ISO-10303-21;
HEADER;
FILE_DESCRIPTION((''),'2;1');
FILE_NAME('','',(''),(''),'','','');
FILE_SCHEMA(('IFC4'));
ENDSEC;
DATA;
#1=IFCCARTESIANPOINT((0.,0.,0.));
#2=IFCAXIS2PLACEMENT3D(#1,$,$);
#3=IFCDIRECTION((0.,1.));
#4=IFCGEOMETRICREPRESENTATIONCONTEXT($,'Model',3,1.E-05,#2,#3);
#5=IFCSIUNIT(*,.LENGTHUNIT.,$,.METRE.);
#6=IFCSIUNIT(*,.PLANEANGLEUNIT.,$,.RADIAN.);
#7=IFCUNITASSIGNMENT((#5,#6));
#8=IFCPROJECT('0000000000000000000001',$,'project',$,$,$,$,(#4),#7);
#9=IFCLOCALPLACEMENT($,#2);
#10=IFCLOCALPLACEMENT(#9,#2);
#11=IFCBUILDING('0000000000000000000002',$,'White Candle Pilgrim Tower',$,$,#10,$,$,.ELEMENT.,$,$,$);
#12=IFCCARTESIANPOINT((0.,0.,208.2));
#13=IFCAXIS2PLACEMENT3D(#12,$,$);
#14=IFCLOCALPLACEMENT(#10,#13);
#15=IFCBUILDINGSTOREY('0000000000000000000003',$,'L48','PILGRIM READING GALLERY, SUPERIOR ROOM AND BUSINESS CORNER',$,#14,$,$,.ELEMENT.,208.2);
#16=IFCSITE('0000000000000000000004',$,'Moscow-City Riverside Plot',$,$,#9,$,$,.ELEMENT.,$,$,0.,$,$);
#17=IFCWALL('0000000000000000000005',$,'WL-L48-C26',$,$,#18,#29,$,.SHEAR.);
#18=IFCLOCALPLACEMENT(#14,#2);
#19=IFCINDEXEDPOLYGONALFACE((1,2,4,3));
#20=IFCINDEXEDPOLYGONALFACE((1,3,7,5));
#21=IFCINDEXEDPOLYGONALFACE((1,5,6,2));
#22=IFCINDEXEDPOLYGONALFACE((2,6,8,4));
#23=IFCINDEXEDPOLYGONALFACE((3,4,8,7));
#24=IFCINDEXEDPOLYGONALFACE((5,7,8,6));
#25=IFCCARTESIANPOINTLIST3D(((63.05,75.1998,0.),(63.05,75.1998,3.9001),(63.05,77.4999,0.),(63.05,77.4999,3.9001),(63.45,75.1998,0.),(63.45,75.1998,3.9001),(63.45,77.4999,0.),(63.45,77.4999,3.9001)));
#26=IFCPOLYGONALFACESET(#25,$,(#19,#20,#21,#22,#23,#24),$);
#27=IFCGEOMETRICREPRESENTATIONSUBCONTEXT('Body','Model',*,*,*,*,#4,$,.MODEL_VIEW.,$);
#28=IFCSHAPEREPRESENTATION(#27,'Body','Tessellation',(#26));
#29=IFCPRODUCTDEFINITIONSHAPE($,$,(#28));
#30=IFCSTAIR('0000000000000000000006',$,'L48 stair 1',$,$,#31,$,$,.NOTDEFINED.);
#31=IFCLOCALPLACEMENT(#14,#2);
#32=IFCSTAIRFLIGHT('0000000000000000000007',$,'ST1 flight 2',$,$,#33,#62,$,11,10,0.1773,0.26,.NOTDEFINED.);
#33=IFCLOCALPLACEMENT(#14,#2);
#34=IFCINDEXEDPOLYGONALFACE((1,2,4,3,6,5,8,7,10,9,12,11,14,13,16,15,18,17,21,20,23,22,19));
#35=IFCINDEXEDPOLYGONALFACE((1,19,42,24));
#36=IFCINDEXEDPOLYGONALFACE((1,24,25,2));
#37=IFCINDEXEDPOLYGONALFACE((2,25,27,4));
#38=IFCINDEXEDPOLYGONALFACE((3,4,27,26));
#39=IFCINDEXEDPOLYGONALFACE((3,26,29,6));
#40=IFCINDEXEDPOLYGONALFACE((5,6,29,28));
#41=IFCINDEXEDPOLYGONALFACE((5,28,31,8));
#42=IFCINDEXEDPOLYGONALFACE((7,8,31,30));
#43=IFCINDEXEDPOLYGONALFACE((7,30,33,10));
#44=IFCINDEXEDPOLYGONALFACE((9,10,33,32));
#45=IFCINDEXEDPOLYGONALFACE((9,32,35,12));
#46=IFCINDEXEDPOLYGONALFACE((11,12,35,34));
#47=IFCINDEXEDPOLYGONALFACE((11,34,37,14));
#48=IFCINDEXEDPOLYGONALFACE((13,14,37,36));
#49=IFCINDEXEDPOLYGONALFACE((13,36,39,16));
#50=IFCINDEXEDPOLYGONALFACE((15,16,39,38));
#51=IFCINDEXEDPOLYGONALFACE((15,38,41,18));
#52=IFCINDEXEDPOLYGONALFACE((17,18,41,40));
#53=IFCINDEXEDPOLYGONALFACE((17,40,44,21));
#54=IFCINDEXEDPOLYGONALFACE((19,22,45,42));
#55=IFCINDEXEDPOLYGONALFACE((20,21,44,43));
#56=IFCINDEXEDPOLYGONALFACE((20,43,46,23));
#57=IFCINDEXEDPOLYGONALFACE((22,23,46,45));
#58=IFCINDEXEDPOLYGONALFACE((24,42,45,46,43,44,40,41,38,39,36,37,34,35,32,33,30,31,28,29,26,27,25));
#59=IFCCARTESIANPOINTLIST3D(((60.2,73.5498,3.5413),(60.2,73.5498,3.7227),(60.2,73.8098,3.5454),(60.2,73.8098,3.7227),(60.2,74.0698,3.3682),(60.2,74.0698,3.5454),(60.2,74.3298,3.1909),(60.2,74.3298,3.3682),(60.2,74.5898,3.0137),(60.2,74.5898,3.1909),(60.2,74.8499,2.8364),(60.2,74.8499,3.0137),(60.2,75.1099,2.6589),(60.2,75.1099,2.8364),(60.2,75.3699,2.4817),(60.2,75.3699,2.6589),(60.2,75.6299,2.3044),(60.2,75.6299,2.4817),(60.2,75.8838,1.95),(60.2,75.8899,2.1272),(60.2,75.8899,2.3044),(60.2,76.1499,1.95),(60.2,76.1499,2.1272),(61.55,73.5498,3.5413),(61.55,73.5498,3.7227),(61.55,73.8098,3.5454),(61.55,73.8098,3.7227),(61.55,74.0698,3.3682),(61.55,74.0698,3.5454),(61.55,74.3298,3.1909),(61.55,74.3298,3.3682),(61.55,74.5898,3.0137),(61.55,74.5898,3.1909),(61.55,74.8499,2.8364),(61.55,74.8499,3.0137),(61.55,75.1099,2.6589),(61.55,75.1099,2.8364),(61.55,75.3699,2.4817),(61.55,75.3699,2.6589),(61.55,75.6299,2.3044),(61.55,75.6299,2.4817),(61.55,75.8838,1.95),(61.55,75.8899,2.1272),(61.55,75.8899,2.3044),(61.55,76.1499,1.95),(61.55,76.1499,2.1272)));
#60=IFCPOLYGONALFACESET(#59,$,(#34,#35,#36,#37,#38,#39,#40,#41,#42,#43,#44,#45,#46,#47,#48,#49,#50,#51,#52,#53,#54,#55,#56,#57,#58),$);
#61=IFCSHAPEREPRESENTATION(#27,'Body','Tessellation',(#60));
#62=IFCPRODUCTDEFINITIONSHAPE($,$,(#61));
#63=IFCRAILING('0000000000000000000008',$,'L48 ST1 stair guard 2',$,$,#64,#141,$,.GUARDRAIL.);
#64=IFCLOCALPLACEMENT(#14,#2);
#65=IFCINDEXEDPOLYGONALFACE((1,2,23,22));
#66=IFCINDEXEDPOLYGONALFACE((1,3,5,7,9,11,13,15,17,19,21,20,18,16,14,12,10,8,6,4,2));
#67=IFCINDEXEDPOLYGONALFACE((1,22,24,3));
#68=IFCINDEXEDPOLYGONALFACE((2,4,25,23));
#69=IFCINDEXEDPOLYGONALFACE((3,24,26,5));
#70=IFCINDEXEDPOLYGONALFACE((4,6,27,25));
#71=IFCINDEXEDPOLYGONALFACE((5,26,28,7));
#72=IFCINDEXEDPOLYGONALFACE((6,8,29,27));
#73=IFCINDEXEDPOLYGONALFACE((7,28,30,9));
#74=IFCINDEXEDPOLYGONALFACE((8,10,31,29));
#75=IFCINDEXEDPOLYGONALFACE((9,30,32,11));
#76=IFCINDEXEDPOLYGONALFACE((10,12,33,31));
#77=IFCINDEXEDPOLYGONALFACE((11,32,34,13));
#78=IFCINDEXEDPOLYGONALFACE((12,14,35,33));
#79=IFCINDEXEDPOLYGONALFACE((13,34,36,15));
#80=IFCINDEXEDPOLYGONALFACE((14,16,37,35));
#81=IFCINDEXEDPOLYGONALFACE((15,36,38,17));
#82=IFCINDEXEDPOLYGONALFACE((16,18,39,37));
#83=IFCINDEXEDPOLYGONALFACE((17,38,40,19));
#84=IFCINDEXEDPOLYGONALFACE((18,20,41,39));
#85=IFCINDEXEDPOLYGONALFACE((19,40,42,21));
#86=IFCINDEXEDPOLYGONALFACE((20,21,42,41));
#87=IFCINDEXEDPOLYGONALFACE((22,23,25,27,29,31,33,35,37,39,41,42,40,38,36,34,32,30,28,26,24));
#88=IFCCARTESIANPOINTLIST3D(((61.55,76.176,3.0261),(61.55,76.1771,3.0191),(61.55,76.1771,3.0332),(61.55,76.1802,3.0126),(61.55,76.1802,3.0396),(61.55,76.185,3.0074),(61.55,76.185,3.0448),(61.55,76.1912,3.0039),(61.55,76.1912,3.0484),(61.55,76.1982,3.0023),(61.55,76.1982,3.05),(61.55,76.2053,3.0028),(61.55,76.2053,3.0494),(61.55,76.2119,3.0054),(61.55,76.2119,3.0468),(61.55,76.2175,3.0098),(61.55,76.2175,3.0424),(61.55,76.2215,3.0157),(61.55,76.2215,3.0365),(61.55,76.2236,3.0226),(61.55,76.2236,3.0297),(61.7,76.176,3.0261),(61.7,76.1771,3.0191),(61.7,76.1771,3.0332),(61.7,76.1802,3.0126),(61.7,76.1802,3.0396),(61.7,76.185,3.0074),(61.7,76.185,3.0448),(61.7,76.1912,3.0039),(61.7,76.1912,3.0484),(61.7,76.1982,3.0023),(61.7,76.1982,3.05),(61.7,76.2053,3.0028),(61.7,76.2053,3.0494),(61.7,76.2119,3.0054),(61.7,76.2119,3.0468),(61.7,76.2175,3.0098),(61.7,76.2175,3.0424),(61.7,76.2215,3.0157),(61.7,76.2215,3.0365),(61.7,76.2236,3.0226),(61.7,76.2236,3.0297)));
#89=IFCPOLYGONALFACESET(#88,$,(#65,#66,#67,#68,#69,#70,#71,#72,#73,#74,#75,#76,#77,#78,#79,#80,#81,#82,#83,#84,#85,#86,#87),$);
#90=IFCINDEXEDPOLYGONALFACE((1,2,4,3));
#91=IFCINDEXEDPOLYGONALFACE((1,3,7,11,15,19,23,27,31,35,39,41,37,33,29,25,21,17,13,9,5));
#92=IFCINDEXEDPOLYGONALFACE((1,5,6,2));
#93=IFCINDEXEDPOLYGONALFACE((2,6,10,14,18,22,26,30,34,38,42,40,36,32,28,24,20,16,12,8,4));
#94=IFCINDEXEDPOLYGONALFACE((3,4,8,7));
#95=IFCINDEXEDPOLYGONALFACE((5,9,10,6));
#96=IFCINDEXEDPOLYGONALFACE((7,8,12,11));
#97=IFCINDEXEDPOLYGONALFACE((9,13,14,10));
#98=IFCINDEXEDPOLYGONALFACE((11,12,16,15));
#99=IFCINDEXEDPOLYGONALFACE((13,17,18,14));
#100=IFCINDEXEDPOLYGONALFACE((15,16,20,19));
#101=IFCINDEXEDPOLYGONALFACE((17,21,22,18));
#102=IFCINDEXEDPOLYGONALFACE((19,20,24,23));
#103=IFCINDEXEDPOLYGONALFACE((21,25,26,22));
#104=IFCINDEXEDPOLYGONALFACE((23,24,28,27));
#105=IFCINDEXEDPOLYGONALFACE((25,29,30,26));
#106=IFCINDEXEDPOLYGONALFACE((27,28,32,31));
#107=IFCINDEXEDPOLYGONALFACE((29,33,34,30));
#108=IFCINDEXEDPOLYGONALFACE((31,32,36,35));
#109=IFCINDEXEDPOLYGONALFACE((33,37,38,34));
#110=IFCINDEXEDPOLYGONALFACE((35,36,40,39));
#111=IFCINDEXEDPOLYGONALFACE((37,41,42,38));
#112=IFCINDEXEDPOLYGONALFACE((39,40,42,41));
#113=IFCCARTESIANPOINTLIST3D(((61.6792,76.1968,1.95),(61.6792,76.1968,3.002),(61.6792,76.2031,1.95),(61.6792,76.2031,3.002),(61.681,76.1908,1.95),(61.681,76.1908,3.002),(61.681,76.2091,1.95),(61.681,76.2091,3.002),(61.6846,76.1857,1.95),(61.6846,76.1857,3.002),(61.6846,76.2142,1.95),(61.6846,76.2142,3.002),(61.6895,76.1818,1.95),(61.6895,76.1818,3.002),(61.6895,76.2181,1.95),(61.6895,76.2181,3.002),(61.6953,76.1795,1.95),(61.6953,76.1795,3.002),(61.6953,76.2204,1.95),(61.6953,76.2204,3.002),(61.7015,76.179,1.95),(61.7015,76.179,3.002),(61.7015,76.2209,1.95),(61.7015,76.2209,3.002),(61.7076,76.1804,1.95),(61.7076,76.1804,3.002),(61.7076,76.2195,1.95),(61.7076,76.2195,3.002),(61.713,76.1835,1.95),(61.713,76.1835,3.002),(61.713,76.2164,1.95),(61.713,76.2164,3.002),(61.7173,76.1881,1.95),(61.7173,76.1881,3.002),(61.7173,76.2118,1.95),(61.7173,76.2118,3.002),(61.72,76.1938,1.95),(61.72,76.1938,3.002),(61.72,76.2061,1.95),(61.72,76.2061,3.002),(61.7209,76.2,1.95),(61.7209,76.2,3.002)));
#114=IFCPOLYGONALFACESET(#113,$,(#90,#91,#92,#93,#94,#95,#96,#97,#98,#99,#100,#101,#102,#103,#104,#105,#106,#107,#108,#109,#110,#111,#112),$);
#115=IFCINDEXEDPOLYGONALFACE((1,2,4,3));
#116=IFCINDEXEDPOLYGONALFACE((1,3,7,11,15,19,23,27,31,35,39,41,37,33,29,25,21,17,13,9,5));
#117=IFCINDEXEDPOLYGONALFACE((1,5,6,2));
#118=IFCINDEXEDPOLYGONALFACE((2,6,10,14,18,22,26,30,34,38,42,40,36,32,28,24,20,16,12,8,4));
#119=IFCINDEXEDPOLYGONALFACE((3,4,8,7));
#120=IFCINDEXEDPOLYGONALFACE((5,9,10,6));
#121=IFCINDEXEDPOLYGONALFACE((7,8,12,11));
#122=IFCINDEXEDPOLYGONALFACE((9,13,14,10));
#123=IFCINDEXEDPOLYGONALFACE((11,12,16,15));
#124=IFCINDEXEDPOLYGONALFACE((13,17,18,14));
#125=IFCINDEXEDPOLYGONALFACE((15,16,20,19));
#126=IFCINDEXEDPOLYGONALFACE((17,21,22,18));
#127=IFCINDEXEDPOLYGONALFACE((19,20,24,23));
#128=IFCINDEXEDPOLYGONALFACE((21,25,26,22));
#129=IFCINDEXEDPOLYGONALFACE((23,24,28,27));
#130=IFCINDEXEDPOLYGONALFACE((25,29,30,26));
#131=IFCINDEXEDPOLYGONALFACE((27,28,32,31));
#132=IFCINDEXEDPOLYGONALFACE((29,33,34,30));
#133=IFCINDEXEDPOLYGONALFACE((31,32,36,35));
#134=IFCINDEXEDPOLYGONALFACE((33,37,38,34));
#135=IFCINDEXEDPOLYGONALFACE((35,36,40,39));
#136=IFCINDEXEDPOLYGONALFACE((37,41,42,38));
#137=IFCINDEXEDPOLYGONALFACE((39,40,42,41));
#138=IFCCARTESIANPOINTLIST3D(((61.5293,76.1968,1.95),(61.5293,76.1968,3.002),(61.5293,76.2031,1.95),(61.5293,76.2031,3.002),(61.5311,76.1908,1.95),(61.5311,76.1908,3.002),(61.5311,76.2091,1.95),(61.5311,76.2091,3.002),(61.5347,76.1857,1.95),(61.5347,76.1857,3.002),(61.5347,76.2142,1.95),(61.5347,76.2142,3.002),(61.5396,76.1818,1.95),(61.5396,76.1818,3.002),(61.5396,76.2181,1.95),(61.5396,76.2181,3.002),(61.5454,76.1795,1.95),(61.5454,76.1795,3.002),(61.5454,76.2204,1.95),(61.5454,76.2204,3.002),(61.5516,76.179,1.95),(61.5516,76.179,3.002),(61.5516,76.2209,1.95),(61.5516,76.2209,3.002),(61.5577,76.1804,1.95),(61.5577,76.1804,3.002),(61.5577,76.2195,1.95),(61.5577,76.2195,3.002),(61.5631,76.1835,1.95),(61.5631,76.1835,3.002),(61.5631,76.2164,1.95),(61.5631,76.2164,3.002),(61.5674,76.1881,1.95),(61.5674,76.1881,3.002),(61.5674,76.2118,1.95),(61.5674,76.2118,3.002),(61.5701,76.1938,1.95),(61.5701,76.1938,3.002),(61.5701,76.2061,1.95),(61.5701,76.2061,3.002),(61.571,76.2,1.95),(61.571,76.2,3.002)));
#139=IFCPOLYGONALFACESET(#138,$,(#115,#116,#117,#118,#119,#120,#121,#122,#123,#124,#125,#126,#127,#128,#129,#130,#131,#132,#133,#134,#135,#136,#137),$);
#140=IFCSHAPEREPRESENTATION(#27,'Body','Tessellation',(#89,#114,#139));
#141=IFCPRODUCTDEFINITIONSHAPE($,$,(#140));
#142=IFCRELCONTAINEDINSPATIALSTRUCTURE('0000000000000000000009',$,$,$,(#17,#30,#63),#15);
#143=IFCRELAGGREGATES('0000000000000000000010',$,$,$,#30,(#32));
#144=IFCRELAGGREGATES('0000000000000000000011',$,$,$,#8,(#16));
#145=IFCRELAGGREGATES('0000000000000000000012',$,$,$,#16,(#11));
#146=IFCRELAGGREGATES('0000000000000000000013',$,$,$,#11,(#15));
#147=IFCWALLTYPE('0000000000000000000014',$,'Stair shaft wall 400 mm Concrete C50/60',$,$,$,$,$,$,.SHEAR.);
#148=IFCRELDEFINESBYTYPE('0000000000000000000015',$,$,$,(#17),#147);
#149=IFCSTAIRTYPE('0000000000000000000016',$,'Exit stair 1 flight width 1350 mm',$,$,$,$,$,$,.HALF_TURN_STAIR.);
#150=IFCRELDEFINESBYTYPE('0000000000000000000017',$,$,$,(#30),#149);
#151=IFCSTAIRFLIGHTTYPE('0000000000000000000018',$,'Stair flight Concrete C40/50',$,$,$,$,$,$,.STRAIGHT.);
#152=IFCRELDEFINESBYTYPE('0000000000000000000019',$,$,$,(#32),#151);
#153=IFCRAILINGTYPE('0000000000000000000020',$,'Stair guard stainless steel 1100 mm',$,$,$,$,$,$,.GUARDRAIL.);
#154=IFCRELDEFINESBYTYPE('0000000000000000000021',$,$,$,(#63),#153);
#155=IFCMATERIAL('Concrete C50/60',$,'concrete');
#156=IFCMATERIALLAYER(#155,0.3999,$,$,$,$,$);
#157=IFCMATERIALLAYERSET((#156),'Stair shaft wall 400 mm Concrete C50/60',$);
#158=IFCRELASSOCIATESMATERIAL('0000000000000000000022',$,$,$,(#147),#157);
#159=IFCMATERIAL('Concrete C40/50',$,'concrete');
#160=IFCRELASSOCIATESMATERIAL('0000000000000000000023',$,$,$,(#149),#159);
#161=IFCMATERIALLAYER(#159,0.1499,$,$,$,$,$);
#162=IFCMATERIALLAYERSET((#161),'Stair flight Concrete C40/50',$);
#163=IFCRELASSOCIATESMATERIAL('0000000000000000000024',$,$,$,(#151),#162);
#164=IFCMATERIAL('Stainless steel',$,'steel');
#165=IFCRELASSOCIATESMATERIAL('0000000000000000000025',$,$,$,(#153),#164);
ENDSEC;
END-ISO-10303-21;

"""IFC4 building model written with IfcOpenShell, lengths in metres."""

from ifc_helpers import new_model, si_unit, direction, frame, frame_2d, origin, origin_2d, place, context, subcontext, project, spatial, polyline, rectangle, circle, outline, extrude, material, layer, layer_set, type_object, element, aggregate, save


model = new_model("IFC4")

# Units and contexts
model_context = context("Model", 3, precision=1e-05, world=origin(), true_north=direction((0.0, 1.0)))
body_context = subcontext(model_context, "Body", "Model", "MODEL_VIEW")
ifc_project = project(units=[si_unit("LENGTHUNIT", "METRE"), si_unit("PLANEANGLEUNIT", "RADIAN")], contexts=[model_context])

# Site, building, storey
site_placement = place(None, origin())
site = spatial("IfcSite", under=ifc_project, at=site_placement, Name="Moscow-City Riverside Plot", CompositionType="ELEMENT", RefElevation=0.0)
building_placement = place(site_placement, origin())
building = spatial("IfcBuilding", under=site, at=building_placement, Name="White Candle Pilgrim Tower", CompositionType="ELEMENT")
storey_placement = place(building_placement, frame((0.0, 0.0, 208.2)))
storey = spatial("IfcBuildingStorey", under=building, at=storey_placement, Name="L48", Description="PILGRIM READING GALLERY, SUPERIOR ROOM AND BUSINESS CORNER", CompositionType="ELEMENT", Elevation=208.2)

# Shared definitions
ifc_material_1 = material(Name="Concrete C50/60", Category="concrete")

# Shared definitions
ifc_material_2 = material(Name="Stainless steel", Category="steel")

# Wall
ifc_layer_1 = layer(ifc_material_1, 0.3999)
ifc_layer_set_1 = layer_set([ifc_layer_1], Name="Stair shaft wall 400 mm Concrete C50/60")
wall_type_1 = type_object("IfcWallType", Name="Stair shaft wall 400 mm Concrete C50/60", PredefinedType="SHEAR", material=ifc_layer_set_1)
wall_1_placement = place(storey_placement, frame((63.25, 75.2, 0.0), z_axis=(0.0, 0.0, 1.0), x_axis=(0.0, 1.0, 0.0)))
element("IfcWall", 1, at=wall_1_placement, inside=storey, type_object=wall_type_1, Name="WL-L48-C26", PredefinedType="SHEAR", context=body_context, shape_type="SweptSolid", body=[
    extrude(rectangle(XDim=2.3, YDim=0.3999, at=frame_2d((1.1499, 0.0))), origin(), (0.0, 0.0, 1.0), 3.9001),
])

# Stair, stair flight
ifc_material_3 = material(Name="Concrete C40/50", Category="concrete")
stair_type = type_object("IfcStairType", Name="Exit stair 1 flight width 1350 mm", PredefinedType="HALF_TURN_STAIR", material=ifc_material_3)
stair_placement = place(storey_placement, origin())
stair = element("IfcStair", 2, at=stair_placement, inside=storey, type_object=stair_type, Name="L48 stair 1", PredefinedType="NOTDEFINED")
ifc_layer_2 = layer(ifc_material_3, 0.1499)
ifc_layer_set_2 = layer_set([ifc_layer_2], Name="Stair flight Concrete C40/50")
stair_flight_type = type_object("IfcStairFlightType", Name="Stair flight Concrete C40/50", PredefinedType="STRAIGHT", material=ifc_layer_set_2)
stair_flight_placement = place(storey_placement, frame((60.875, 76.1499, 1.95), z_axis=(0.0, 0.0, 1.0), x_axis=(0.0, -1.0, 0.0)))
stair_flight = element("IfcStairFlight", 3, at=stair_flight_placement, type_object=stair_flight_type, Name="ST1 flight 2", NumberOfRisers=11, NumberOfTreads=10, PredefinedType="NOTDEFINED", RiserHeight=0.1773, TreadLength=0.26, context=body_context, shape_type="SweptSolid", body=[
    extrude(outline(polyline([(0.0, 0.0), (0.0, 0.1772), (0.26, 0.1772), (0.26, 0.3545), (0.52, 0.3545), (0.52, 0.5317), (0.78, 0.5317), (0.78, 0.709), (1.04, 0.709), (1.04, 0.8865), (1.3, 0.8865), (1.3, 1.0637), (1.5601, 1.0637), (1.5601, 1.241), (1.8201, 1.241), (1.8201, 1.4182), (2.0801, 1.4182), (2.0801, 1.5955), (2.3401, 1.5955), (2.3401, 1.7727), (2.6001, 1.7727), (2.6001, 1.95), (2.6001, 1.5913), (0.2661, 0.0), (0.0, 0.0)])), frame((0.0, 0.675, 0.0), z_axis=(0.0, -1.0, 0.0), x_axis=(1.0, 0.0, 0.0)), (0.0, 0.0, 1.0), 1.3501),
])
aggregate(stair, [stair_flight])

# Railing
railing_type_1 = type_object("IfcRailingType", Name="Stair guard stainless steel 1100 mm", PredefinedType="GUARDRAIL", material=ifc_material_2)
railing_1_placement = place(storey_placement, frame((61.7, 76.2, 1.95)))
element("IfcRailing", 4, at=railing_1_placement, inside=storey, type_object=railing_type_1, Name="L48 ST1 stair guard 2", PredefinedType="GUARDRAIL", context=body_context, shape_type="SweptSolid", body=[
    extrude(circle(Radius=0.0239, at=origin_2d()), frame((0.0, 0.0, 1.0762), z_axis=(-1.0, 0.0, 0.0), x_axis=(0.0, -1.0, 0.0)), (0.0, 0.0, 1.0), 0.1499),
    extrude(circle(Radius=0.021, at=origin_2d()), origin(), (0.0, 0.0, 1.0), 1.052),
    extrude(circle(Radius=0.021, at=origin_2d()), frame((-0.1499, 0.0, 0.0)), (0.0, 0.0, 1.0), 1.052),
])

save(model, "model.ifc")
